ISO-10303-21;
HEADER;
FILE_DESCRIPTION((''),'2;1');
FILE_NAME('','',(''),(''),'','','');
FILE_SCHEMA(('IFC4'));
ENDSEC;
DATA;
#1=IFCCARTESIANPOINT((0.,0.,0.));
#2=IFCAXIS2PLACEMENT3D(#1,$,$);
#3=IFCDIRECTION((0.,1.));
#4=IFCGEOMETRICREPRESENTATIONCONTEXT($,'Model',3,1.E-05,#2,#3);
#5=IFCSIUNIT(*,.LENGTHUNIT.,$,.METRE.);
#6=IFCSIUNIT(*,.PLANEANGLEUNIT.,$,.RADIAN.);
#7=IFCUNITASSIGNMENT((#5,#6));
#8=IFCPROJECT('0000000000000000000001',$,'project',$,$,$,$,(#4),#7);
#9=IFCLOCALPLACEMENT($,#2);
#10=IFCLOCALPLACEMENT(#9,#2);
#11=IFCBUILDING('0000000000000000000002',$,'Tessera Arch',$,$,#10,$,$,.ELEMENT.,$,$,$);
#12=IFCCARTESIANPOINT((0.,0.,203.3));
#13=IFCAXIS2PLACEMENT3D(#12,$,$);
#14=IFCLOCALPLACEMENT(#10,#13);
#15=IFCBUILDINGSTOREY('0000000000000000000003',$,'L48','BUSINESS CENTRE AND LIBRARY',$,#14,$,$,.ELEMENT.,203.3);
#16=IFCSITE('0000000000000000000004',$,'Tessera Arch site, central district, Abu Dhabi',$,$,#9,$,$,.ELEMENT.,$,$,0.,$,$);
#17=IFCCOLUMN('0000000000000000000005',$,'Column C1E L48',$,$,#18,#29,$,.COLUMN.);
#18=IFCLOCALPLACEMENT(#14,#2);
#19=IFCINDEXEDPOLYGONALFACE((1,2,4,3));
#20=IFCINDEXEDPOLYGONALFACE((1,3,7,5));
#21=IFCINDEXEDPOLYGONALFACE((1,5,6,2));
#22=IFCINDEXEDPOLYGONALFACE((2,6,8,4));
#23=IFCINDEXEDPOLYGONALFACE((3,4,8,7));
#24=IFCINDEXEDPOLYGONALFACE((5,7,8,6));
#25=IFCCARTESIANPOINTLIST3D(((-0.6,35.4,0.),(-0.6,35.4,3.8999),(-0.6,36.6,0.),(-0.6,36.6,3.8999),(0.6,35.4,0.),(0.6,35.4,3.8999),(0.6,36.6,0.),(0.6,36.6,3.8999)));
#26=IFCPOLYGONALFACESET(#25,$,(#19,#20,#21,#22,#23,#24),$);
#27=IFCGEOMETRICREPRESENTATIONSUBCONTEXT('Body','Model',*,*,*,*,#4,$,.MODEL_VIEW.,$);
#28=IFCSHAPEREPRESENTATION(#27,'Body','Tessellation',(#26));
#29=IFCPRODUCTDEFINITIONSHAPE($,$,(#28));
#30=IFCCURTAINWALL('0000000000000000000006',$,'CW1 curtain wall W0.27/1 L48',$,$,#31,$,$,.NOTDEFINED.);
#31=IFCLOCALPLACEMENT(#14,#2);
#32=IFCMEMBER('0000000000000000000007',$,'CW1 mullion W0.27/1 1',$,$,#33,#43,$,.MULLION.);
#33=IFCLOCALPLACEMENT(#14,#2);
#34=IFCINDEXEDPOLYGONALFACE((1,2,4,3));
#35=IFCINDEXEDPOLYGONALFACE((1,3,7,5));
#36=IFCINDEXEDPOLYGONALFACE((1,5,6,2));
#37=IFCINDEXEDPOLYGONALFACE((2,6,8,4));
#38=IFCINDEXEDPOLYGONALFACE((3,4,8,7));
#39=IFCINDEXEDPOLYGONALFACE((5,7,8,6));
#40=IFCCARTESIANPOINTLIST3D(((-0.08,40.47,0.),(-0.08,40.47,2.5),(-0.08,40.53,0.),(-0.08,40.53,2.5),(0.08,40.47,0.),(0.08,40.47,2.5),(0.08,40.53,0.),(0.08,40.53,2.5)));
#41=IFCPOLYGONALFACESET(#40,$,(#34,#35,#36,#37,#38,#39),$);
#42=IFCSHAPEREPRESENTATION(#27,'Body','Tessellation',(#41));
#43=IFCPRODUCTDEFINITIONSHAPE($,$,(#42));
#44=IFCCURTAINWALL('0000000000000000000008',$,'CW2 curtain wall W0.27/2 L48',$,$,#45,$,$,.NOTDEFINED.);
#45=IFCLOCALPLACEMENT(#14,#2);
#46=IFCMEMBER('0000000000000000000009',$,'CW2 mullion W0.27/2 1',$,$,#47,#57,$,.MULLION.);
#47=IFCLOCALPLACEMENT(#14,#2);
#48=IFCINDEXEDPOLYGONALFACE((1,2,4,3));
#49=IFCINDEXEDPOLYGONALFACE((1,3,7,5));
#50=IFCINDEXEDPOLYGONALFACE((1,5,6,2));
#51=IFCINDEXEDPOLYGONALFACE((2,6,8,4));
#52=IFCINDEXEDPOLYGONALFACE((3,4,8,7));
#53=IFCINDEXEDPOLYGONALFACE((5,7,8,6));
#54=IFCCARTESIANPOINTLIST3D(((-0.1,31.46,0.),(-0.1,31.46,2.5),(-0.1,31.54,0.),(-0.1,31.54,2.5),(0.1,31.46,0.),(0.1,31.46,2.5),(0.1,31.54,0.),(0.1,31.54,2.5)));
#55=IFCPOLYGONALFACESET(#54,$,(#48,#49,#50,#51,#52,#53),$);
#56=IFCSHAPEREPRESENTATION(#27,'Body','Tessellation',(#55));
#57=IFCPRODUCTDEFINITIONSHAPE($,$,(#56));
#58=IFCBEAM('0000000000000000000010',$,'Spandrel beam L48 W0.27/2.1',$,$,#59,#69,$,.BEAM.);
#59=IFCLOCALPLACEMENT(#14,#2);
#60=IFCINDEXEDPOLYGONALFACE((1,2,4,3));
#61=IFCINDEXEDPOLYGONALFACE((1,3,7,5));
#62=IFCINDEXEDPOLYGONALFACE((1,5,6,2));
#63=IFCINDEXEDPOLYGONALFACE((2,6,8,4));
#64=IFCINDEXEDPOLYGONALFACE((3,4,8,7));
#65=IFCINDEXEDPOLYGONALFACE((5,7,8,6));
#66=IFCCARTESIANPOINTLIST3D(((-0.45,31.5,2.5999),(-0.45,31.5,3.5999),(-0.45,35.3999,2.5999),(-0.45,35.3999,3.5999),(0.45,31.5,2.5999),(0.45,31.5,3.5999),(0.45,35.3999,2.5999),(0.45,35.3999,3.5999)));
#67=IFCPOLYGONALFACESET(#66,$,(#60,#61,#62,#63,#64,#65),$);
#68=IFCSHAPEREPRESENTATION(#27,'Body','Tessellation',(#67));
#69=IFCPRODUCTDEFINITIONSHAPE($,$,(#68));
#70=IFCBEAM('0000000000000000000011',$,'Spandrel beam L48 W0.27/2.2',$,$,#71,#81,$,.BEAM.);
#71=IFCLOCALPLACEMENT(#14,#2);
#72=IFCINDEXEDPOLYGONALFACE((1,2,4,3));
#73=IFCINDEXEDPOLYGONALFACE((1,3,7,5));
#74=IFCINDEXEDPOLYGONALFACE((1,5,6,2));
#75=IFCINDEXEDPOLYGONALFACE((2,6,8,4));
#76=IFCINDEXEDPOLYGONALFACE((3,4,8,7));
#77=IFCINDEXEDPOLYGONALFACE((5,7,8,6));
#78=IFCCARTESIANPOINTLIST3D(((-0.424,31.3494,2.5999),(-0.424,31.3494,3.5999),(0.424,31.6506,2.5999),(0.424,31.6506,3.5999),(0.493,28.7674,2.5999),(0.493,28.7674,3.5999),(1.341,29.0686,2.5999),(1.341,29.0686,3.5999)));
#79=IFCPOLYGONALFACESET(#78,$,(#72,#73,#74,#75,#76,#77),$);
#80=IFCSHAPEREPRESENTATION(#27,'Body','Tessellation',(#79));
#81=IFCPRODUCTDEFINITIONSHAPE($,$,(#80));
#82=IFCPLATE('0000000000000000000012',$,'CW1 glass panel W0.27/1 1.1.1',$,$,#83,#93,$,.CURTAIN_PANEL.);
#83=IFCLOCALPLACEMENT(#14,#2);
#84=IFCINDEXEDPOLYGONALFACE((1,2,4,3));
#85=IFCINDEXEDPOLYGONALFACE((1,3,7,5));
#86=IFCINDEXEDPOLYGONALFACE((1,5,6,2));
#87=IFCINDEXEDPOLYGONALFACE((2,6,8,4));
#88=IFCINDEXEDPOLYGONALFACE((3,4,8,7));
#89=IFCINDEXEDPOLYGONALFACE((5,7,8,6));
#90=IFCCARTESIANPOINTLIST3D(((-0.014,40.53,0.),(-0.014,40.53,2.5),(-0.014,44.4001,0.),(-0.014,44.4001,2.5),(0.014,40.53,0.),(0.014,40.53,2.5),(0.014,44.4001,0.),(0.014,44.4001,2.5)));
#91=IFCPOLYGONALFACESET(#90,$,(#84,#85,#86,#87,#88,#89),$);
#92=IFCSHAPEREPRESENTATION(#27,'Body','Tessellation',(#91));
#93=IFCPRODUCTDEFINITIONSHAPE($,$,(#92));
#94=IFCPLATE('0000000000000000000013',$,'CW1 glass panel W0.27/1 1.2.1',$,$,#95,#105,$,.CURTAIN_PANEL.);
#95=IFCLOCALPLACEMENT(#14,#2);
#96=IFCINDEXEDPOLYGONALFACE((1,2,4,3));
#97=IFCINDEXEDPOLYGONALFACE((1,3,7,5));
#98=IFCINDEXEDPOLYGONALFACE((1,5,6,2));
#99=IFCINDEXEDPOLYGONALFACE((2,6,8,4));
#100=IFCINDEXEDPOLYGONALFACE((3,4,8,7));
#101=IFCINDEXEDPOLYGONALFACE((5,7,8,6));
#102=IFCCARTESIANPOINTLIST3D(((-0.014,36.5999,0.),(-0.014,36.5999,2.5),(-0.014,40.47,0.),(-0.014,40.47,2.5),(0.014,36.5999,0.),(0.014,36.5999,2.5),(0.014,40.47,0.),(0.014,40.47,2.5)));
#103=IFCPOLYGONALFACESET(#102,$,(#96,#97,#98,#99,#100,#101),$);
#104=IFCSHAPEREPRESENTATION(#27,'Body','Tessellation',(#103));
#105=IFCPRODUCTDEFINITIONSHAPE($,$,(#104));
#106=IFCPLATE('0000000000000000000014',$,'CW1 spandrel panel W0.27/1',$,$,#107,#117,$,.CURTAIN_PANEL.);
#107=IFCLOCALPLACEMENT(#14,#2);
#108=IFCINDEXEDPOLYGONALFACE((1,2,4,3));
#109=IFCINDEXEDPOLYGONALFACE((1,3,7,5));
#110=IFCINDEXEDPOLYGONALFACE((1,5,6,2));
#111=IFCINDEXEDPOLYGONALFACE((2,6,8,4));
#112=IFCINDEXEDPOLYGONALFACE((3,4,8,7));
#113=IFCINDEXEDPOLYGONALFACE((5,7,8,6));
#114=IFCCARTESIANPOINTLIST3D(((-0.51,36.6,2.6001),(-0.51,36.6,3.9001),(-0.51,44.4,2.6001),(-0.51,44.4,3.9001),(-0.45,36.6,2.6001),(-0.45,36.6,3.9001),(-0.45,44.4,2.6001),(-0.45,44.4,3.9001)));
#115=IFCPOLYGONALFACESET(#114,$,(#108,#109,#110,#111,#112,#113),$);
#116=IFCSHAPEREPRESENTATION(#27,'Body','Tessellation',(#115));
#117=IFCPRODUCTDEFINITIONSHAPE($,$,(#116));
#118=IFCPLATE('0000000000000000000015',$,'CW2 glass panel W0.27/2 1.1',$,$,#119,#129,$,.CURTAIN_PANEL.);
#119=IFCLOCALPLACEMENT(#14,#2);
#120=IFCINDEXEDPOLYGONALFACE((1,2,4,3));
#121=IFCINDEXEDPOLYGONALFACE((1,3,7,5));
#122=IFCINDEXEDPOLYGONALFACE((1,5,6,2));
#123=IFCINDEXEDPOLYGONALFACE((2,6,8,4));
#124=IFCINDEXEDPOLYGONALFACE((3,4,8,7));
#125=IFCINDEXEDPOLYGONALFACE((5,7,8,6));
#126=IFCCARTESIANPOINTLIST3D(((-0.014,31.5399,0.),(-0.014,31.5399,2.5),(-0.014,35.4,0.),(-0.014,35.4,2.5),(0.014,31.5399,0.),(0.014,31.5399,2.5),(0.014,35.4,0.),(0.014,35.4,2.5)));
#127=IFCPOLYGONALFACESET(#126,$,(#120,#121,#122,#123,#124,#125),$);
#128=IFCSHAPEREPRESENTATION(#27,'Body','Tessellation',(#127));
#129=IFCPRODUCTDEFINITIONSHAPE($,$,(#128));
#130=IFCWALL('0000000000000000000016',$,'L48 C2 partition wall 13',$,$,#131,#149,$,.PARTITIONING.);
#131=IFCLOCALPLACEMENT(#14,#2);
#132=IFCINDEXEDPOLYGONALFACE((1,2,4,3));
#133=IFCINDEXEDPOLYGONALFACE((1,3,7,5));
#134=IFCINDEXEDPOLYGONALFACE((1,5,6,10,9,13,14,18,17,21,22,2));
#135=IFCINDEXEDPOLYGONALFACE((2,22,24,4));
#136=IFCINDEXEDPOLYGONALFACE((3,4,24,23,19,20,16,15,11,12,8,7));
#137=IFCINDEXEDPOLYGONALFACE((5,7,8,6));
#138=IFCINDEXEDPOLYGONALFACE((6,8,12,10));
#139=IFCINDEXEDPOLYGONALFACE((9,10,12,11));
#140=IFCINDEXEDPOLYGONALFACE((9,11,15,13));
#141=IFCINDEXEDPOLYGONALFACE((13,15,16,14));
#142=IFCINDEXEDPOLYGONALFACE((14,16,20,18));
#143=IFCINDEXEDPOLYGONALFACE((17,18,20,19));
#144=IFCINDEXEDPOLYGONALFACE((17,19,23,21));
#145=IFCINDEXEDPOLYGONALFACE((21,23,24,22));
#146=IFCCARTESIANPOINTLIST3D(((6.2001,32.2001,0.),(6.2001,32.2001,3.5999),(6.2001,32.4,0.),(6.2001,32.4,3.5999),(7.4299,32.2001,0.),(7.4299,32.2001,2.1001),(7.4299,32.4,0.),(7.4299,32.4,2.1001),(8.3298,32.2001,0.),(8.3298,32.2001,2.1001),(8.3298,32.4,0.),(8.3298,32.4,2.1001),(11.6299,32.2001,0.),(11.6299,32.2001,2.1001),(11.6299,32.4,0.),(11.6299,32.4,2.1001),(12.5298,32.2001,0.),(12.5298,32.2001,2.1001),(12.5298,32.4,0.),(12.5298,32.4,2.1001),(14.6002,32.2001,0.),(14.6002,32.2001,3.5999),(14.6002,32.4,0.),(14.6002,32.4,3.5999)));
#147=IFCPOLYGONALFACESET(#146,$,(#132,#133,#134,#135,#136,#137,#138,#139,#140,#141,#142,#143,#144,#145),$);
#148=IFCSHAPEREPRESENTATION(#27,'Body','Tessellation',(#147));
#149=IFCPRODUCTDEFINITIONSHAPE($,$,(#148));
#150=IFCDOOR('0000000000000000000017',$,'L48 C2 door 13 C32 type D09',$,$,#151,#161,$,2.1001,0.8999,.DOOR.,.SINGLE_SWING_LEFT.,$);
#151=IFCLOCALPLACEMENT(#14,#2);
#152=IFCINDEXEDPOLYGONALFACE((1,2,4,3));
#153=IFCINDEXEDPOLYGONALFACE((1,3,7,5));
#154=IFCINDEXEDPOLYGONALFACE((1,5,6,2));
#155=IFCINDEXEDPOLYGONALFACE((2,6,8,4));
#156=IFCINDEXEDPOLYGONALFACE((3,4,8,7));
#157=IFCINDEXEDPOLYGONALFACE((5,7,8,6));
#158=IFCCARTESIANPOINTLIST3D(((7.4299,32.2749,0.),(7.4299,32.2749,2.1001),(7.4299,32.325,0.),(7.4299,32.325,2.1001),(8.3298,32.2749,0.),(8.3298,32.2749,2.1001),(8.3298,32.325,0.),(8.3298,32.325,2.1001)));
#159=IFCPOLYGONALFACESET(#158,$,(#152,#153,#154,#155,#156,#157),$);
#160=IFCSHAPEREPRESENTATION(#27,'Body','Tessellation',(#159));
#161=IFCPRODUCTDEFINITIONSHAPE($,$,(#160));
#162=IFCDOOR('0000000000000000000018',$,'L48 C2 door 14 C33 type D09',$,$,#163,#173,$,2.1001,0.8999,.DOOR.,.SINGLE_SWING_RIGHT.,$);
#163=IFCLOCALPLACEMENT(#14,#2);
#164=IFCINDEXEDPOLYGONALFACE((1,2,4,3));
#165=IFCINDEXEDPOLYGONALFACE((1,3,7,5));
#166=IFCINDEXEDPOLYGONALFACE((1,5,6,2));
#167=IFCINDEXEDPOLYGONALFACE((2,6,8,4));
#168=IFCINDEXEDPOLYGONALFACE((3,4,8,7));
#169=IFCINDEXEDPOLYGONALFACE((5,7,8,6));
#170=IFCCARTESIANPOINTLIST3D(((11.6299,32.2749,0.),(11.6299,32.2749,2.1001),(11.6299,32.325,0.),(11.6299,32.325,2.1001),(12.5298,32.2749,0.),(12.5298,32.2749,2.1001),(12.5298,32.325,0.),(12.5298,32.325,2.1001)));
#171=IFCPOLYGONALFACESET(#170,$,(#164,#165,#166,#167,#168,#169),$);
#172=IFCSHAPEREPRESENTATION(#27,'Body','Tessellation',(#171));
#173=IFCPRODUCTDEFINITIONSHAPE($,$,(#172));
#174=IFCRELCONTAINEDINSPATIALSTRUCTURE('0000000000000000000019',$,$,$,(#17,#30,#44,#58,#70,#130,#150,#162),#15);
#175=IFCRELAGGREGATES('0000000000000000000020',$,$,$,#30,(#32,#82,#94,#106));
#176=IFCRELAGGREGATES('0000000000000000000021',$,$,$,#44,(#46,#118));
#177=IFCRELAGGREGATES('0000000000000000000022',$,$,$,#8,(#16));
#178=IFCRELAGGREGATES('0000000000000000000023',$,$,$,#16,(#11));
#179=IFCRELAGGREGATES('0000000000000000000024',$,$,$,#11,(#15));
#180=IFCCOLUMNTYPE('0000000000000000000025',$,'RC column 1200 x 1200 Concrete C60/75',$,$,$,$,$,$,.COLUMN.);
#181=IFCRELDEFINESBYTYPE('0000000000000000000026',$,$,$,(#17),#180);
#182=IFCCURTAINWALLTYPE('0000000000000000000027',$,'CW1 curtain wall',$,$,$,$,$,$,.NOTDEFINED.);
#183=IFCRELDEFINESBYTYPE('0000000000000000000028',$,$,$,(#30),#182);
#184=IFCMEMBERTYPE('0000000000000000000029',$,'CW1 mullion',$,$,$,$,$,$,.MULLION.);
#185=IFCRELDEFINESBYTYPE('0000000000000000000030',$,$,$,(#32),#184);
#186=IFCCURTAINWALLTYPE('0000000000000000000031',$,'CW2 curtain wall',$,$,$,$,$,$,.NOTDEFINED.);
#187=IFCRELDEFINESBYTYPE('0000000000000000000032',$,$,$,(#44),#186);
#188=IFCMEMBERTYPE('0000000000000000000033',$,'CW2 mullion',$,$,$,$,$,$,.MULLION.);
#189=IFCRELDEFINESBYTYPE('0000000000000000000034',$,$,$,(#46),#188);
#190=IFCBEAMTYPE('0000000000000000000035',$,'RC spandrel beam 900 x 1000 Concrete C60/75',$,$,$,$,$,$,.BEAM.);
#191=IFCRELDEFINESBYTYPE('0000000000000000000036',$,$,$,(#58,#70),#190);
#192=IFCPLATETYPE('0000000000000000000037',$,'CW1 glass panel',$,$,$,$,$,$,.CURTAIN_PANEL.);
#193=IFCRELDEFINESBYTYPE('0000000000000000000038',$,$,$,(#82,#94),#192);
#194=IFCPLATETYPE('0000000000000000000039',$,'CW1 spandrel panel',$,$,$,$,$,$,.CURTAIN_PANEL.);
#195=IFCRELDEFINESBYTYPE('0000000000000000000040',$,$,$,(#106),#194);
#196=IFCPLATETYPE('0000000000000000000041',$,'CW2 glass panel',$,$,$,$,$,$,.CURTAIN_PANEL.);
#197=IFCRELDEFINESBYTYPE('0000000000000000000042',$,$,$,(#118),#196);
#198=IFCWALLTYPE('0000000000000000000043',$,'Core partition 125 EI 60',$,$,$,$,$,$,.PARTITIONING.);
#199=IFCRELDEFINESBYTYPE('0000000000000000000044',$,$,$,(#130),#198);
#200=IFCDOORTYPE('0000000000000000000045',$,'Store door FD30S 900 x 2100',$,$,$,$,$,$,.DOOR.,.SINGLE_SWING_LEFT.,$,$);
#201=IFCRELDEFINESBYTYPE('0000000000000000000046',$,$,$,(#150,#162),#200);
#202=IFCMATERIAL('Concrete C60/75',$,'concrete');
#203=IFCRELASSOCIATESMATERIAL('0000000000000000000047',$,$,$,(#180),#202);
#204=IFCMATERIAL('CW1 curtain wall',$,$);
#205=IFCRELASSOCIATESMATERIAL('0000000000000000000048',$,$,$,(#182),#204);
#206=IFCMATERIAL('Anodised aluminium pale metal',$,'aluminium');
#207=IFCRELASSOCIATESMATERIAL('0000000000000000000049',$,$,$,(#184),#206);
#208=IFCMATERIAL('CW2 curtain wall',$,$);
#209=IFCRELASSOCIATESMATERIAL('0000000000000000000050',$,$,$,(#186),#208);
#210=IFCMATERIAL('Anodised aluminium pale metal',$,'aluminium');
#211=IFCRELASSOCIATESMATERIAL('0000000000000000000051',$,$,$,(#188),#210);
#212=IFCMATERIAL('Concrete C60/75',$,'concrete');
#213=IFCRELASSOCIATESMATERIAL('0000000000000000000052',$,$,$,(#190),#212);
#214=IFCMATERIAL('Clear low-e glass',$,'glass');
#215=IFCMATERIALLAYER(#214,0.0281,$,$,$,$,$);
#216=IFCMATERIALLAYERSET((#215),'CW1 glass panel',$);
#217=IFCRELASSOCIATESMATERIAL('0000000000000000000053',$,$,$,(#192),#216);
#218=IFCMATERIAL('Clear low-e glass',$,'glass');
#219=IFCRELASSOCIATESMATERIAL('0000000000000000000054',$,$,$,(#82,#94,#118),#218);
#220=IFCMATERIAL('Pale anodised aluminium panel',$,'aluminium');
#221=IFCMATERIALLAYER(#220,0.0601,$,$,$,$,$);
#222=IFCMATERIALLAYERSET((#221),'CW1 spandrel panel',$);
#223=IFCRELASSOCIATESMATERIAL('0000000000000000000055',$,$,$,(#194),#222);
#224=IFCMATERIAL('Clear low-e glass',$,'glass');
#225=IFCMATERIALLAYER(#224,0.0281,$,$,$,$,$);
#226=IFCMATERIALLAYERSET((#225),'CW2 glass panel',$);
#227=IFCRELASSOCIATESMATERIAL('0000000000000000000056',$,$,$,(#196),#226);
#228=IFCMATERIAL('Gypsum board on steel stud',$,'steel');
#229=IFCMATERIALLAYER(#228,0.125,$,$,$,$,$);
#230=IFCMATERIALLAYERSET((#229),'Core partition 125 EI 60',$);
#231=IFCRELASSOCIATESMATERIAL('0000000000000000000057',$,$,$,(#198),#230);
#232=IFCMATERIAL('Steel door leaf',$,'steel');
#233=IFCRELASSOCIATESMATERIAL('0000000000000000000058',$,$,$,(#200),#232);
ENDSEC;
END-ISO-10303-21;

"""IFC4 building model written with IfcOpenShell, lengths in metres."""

from ifc_helpers import new_model, si_unit, direction, frame, frame_2d, origin, origin_2d, place, context, subcontext, project, spatial, rectangle, extrude, material, layer, layer_set, material_profile, profile_set, type_object, element, fill, aggregate, save


model = new_model("IFC4")

# Units and contexts
model_context = context("Model", 3, precision=1e-05, world=origin(), true_north=direction((0.0, 1.0)))
body_context = subcontext(model_context, "Body", "Model", "MODEL_VIEW")
ifc_project = project(units=[si_unit("LENGTHUNIT", "METRE"), si_unit("PLANEANGLEUNIT", "RADIAN")], contexts=[model_context])

# Site, building, storey
site_placement = place(None, origin())
site = spatial("IfcSite", under=ifc_project, at=site_placement, Name="Tessera Arch site, central district, Abu Dhabi", CompositionType="ELEMENT", RefElevation=0.0)
building_placement = place(site_placement, origin())
building = spatial("IfcBuilding", under=site, at=building_placement, Name="Tessera Arch", CompositionType="ELEMENT")
storey_placement = place(building_placement, frame((0.0, 0.0, 203.3)))
storey = spatial("IfcBuildingStorey", under=building, at=storey_placement, Name="L48", Description="BUSINESS CENTRE AND LIBRARY", CompositionType="ELEMENT", Elevation=203.3)

# Column
ifc_material_1 = material(Name="Concrete C60/75", Category="concrete")
ifc_material_profile_1 = material_profile(ifc_material_1, rectangle(XDim=1.2, YDim=1.2, at=origin_2d()), Name="RC column 1200 x 1200 Concrete C60/75")
ifc_profile_set_1 = profile_set([ifc_material_profile_1], Name="Concrete C60/75")
column_type = type_object("IfcColumnType", Name="RC column 1200 x 1200 Concrete C60/75", PredefinedType="COLUMN", material=ifc_profile_set_1)
column_placement = place(storey_placement, frame((0.0, 36.0, 0.0), z_axis=(0.0, 0.0, 1.0), x_axis=(1.0, 0.0, 0.0)))
element("IfcColumn", 1, at=column_placement, inside=storey, type_object=column_type, Name="Column C1E L48", PredefinedType="COLUMN", context=body_context, shape_type="SweptSolid", body=[
    extrude(rectangle(XDim=1.2, YDim=1.2, at=origin_2d()), origin(), (0.0, 0.0, 1.0), 3.8999),
])

# Curtain walls, members
ifc_material_2 = material(Name="CW1 curtain wall")
curtain_wall_type_1 = type_object("IfcCurtainWallType", Name="CW1 curtain wall", PredefinedType="NOTDEFINED", material=ifc_material_2)
curtain_wall_1_placement = place(storey_placement, origin())
curtain_wall_1 = element("IfcCurtainWall", 2, at=curtain_wall_1_placement, inside=storey, type_object=curtain_wall_type_1, Name="CW1 curtain wall W0.27/1 L48", PredefinedType="NOTDEFINED")
ifc_material_3 = material(Name="Anodised aluminium pale metal", Category="aluminium")
ifc_material_profile_2 = material_profile(ifc_material_3, rectangle(XDim=0.1599, YDim=0.0601, at=origin_2d()), Name="AL 60x160")
ifc_profile_set_2 = profile_set([ifc_material_profile_2], Name="Anodised aluminium pale metal")
member_type_1 = type_object("IfcMemberType", Name="CW1 mullion", PredefinedType="MULLION", material=ifc_profile_set_2)
member_1_placement = place(storey_placement, frame((0.0, 40.5, 0.0), z_axis=(0.0, 0.0, 1.0), x_axis=(1.0, 0.0, 0.0)))
member_1 = element("IfcMember", 3, at=member_1_placement, type_object=member_type_1, Name="CW1 mullion W0.27/1 1", PredefinedType="MULLION", context=body_context, shape_type="SweptSolid", body=[
    extrude(rectangle(XDim=0.1599, YDim=0.0601, at=origin_2d()), origin(), (0.0, 0.0, 1.0), 2.5),
])
ifc_material_4 = material(Name="CW2 curtain wall")
curtain_wall_type_2 = type_object("IfcCurtainWallType", Name="CW2 curtain wall", PredefinedType="NOTDEFINED", material=ifc_material_4)
curtain_wall_2_placement = place(storey_placement, origin())
curtain_wall_2 = element("IfcCurtainWall", 4, at=curtain_wall_2_placement, inside=storey, type_object=curtain_wall_type_2, Name="CW2 curtain wall W0.27/2 L48", PredefinedType="NOTDEFINED")
ifc_material_5 = material(Name="Anodised aluminium pale metal", Category="aluminium")
ifc_material_profile_3 = material_profile(ifc_material_5, rectangle(XDim=0.2, YDim=0.0801, at=origin_2d()), Name="AL 80x200")
ifc_profile_set_3 = profile_set([ifc_material_profile_3], Name="Anodised aluminium pale metal")
member_type_2 = type_object("IfcMemberType", Name="CW2 mullion", PredefinedType="MULLION", material=ifc_profile_set_3)
member_2_placement = place(storey_placement, frame((0.0, 31.5, 0.0), z_axis=(0.0, 0.0, 1.0), x_axis=(1.0, 0.0, 0.0)))
member_2 = element("IfcMember", 5, at=member_2_placement, type_object=member_type_2, Name="CW2 mullion W0.27/2 1", PredefinedType="MULLION", context=body_context, shape_type="SweptSolid", body=[
    extrude(rectangle(XDim=0.2, YDim=0.0801, at=origin_2d()), origin(), (0.0, 0.0, 1.0), 2.5),
])

# Beams
ifc_material_6 = material(Name="Concrete C60/75", Category="concrete")
ifc_material_profile_4 = material_profile(ifc_material_6, rectangle(XDim=0.8999, YDim=1.0, at=origin_2d()), Name="RC spandrel beam 900 x 1000 Concrete C60/75")
ifc_profile_set_4 = profile_set([ifc_material_profile_4], Name="Concrete C60/75")
beam_type = type_object("IfcBeamType", Name="RC spandrel beam 900 x 1000 Concrete C60/75", PredefinedType="BEAM", material=ifc_profile_set_4)
beam_1_placement = place(storey_placement, frame((0.0, 35.3999, 3.0999), z_axis=(0.0, -1.0, 0.0), x_axis=(1.0, 0.0, 0.0)))
element("IfcBeam", 6, at=beam_1_placement, inside=storey, type_object=beam_type, Name="Spandrel beam L48 W0.27/2.1", PredefinedType="BEAM", context=body_context, shape_type="SweptSolid", body=[
    extrude(rectangle(XDim=0.8999, YDim=1.0, at=origin_2d()), origin(), (0.0, 0.0, 1.0), 3.8999),
])
beam_2_placement = place(storey_placement, frame((0.0, 31.5, 3.0999), z_axis=(0.334665, -0.942337, 0.0), x_axis=(0.942337, 0.334665, 0.0)))
element("IfcBeam", 7, at=beam_2_placement, inside=storey, type_object=beam_type, Name="Spandrel beam L48 W0.27/2.2", PredefinedType="BEAM", context=body_context, shape_type="SweptSolid", body=[
    extrude(rectangle(XDim=0.8999, YDim=1.0, at=origin_2d()), origin(), (0.0, 0.0, 1.0), 2.74),
])

# Plates
ifc_material_7 = material(Name="Clear low-e glass", Category="glass")
ifc_material_8 = material(Name="Clear low-e glass", Category="glass")
ifc_layer_1 = layer(ifc_material_8, 0.0281)
ifc_layer_set_1 = layer_set([ifc_layer_1], Name="CW1 glass panel")
plate_type_1 = type_object("IfcPlateType", Name="CW1 glass panel", PredefinedType="CURTAIN_PANEL", material=ifc_layer_set_1)
plate_1_placement = place(storey_placement, frame((0.0, 42.4651, 0.0), z_axis=(0.0, 0.0, 1.0), x_axis=(0.0, -1.0, 0.0)))
plate_1 = element("IfcPlate", 8, at=plate_1_placement, type_object=plate_type_1, material=ifc_material_7, Name="CW1 glass panel W0.27/1 1.1.1", PredefinedType="CURTAIN_PANEL", context=body_context, shape_type="SweptSolid", body=[
    extrude(rectangle(XDim=3.8701, YDim=0.0281, at=origin_2d()), origin(), (0.0, 0.0, 1.0), 2.5),
])
plate_2_placement = place(storey_placement, frame((0.0, 38.5349, 0.0), z_axis=(0.0, 0.0, 1.0), x_axis=(0.0, -1.0, 0.0)))
plate_2 = element("IfcPlate", 9, at=plate_2_placement, type_object=plate_type_1, material=ifc_material_7, Name="CW1 glass panel W0.27/1 1.2.1", PredefinedType="CURTAIN_PANEL", context=body_context, shape_type="SweptSolid", body=[
    extrude(rectangle(XDim=3.8701, YDim=0.0281, at=origin_2d()), origin(), (0.0, 0.0, 1.0), 2.5),
])
ifc_material_9 = material(Name="Pale anodised aluminium panel", Category="aluminium")
ifc_layer_2 = layer(ifc_material_9, 0.0601)
ifc_layer_set_2 = layer_set([ifc_layer_2], Name="CW1 spandrel panel")
plate_type_2 = type_object("IfcPlateType", Name="CW1 spandrel panel", PredefinedType="CURTAIN_PANEL", material=ifc_layer_set_2)
plate_3_placement = place(storey_placement, frame((-0.48, 40.5, 2.6001), z_axis=(0.0, 0.0, 1.0), x_axis=(0.0, -1.0, 0.0)))
plate_3 = element("IfcPlate", 10, at=plate_3_placement, type_object=plate_type_2, Name="CW1 spandrel panel W0.27/1", PredefinedType="CURTAIN_PANEL", context=body_context, shape_type="SweptSolid", body=[
    extrude(rectangle(XDim=7.8, YDim=0.0601, at=origin_2d()), origin(), (0.0, 0.0, 1.0), 1.3),
])
aggregate(curtain_wall_1, [member_1, plate_1, plate_2, plate_3])
ifc_material_10 = material(Name="Clear low-e glass", Category="glass")
ifc_layer_3 = layer(ifc_material_10, 0.0281)
ifc_layer_set_3 = layer_set([ifc_layer_3], Name="CW2 glass panel")
plate_type_3 = type_object("IfcPlateType", Name="CW2 glass panel", PredefinedType="CURTAIN_PANEL", material=ifc_layer_set_3)
plate_4_placement = place(storey_placement, frame((0.0, 33.47, 0.0), z_axis=(0.0, 0.0, 1.0), x_axis=(0.0, -1.0, 0.0)))
plate_4 = element("IfcPlate", 11, at=plate_4_placement, type_object=plate_type_3, material=ifc_material_7, Name="CW2 glass panel W0.27/2 1.1", PredefinedType="CURTAIN_PANEL", context=body_context, shape_type="SweptSolid", body=[
    extrude(rectangle(XDim=3.8601, YDim=0.0281, at=origin_2d()), origin(), (0.0, 0.0, 1.0), 2.5),
])
aggregate(curtain_wall_2, [member_2, plate_4])

# Wall, openings, doors
ifc_material_11 = material(Name="Gypsum board on steel stud", Category="steel")
ifc_layer_4 = layer(ifc_material_11, 0.125)
ifc_layer_set_4 = layer_set([ifc_layer_4], Name="Core partition 125 EI 60")
wall_type_1 = type_object("IfcWallType", Name="Core partition 125 EI 60", PredefinedType="PARTITIONING", material=ifc_layer_set_4)
wall_1_placement = place(storey_placement, frame((6.2, 32.3, 0.0), z_axis=(0.0, 0.0, 1.0), x_axis=(1.0, 0.0, 0.0)))
wall_1 = element("IfcWall", 12, at=wall_1_placement, inside=storey, type_object=wall_type_1, Name="L48 C2 partition wall 13", PredefinedType="PARTITIONING", context=body_context, shape_type="SweptSolid", body=[
    extrude(rectangle(XDim=8.4001, YDim=0.2, at=frame_2d((4.2002, 0.0))), origin(), (0.0, 0.0, 1.0), 3.5999),
])
opening_1_placement = place(wall_1_placement, frame((1.23, 0.0, 0.0)))
opening_1 = element("IfcOpeningElement", 13, at=opening_1_placement, cuts=wall_1, PredefinedType="OPENING", context=body_context, shape_type="SweptSolid", body=[
    extrude(rectangle(XDim=0.8999, YDim=2.1001, at=frame_2d((0.45, 1.05))), frame((0.0, 0.1099, 0.0), z_axis=(0.0, -1.0, 0.0), x_axis=(1.0, 0.0, 0.0)), (0.0, 0.0, 1.0), 0.22),
])
opening_2_placement = place(wall_1_placement, frame((5.4299, 0.0, 0.0)))
opening_2 = element("IfcOpeningElement", 14, at=opening_2_placement, cuts=wall_1, PredefinedType="OPENING", context=body_context, shape_type="SweptSolid", body=[
    extrude(rectangle(XDim=0.8999, YDim=2.1001, at=frame_2d((0.45, 1.05))), frame((0.0, 0.1099, 0.0), z_axis=(0.0, -1.0, 0.0), x_axis=(1.0, 0.0, 0.0)), (0.0, 0.0, 1.0), 0.22),
])
ifc_material_12 = material(Name="Steel door leaf", Category="steel")
door_type_1 = type_object("IfcDoorType", Name="Store door FD30S 900 x 2100", OperationType="SINGLE_SWING_LEFT", PredefinedType="DOOR", material=ifc_material_12)
door_1_placement = place(opening_1_placement, origin())
door_1 = element("IfcDoor", 15, at=door_1_placement, inside=storey, type_object=door_type_1, Name="L48 C2 door 13 C32 type D09", OperationType="SINGLE_SWING_LEFT", OverallHeight=2.1001, OverallWidth=0.8999, PredefinedType="DOOR", context=body_context, shape_type="SweptSolid", body=[
    extrude(rectangle(XDim=0.8999, YDim=2.1001, at=frame_2d((0.45, 1.05))), frame((0.0, 0.0249, 0.0), z_axis=(0.0, -1.0, 0.0), x_axis=(1.0, 0.0, 0.0)), (0.0, 0.0, 1.0), 0.05),
])
fill(opening_1, door_1)
door_2_placement = place(opening_2_placement, origin())
door_2 = element("IfcDoor", 16, at=door_2_placement, inside=storey, type_object=door_type_1, Name="L48 C2 door 14 C33 type D09", OperationType="SINGLE_SWING_RIGHT", OverallHeight=2.1001, OverallWidth=0.8999, PredefinedType="DOOR", context=body_context, shape_type="SweptSolid", body=[
    extrude(rectangle(XDim=0.8999, YDim=2.1001, at=frame_2d((0.45, 1.05))), frame((0.0, 0.0249, 0.0), z_axis=(0.0, -1.0, 0.0), x_axis=(1.0, 0.0, 0.0)), (0.0, 0.0, 1.0), 0.05),
])
fill(opening_2, door_2)

save(model, "model.ifc")
